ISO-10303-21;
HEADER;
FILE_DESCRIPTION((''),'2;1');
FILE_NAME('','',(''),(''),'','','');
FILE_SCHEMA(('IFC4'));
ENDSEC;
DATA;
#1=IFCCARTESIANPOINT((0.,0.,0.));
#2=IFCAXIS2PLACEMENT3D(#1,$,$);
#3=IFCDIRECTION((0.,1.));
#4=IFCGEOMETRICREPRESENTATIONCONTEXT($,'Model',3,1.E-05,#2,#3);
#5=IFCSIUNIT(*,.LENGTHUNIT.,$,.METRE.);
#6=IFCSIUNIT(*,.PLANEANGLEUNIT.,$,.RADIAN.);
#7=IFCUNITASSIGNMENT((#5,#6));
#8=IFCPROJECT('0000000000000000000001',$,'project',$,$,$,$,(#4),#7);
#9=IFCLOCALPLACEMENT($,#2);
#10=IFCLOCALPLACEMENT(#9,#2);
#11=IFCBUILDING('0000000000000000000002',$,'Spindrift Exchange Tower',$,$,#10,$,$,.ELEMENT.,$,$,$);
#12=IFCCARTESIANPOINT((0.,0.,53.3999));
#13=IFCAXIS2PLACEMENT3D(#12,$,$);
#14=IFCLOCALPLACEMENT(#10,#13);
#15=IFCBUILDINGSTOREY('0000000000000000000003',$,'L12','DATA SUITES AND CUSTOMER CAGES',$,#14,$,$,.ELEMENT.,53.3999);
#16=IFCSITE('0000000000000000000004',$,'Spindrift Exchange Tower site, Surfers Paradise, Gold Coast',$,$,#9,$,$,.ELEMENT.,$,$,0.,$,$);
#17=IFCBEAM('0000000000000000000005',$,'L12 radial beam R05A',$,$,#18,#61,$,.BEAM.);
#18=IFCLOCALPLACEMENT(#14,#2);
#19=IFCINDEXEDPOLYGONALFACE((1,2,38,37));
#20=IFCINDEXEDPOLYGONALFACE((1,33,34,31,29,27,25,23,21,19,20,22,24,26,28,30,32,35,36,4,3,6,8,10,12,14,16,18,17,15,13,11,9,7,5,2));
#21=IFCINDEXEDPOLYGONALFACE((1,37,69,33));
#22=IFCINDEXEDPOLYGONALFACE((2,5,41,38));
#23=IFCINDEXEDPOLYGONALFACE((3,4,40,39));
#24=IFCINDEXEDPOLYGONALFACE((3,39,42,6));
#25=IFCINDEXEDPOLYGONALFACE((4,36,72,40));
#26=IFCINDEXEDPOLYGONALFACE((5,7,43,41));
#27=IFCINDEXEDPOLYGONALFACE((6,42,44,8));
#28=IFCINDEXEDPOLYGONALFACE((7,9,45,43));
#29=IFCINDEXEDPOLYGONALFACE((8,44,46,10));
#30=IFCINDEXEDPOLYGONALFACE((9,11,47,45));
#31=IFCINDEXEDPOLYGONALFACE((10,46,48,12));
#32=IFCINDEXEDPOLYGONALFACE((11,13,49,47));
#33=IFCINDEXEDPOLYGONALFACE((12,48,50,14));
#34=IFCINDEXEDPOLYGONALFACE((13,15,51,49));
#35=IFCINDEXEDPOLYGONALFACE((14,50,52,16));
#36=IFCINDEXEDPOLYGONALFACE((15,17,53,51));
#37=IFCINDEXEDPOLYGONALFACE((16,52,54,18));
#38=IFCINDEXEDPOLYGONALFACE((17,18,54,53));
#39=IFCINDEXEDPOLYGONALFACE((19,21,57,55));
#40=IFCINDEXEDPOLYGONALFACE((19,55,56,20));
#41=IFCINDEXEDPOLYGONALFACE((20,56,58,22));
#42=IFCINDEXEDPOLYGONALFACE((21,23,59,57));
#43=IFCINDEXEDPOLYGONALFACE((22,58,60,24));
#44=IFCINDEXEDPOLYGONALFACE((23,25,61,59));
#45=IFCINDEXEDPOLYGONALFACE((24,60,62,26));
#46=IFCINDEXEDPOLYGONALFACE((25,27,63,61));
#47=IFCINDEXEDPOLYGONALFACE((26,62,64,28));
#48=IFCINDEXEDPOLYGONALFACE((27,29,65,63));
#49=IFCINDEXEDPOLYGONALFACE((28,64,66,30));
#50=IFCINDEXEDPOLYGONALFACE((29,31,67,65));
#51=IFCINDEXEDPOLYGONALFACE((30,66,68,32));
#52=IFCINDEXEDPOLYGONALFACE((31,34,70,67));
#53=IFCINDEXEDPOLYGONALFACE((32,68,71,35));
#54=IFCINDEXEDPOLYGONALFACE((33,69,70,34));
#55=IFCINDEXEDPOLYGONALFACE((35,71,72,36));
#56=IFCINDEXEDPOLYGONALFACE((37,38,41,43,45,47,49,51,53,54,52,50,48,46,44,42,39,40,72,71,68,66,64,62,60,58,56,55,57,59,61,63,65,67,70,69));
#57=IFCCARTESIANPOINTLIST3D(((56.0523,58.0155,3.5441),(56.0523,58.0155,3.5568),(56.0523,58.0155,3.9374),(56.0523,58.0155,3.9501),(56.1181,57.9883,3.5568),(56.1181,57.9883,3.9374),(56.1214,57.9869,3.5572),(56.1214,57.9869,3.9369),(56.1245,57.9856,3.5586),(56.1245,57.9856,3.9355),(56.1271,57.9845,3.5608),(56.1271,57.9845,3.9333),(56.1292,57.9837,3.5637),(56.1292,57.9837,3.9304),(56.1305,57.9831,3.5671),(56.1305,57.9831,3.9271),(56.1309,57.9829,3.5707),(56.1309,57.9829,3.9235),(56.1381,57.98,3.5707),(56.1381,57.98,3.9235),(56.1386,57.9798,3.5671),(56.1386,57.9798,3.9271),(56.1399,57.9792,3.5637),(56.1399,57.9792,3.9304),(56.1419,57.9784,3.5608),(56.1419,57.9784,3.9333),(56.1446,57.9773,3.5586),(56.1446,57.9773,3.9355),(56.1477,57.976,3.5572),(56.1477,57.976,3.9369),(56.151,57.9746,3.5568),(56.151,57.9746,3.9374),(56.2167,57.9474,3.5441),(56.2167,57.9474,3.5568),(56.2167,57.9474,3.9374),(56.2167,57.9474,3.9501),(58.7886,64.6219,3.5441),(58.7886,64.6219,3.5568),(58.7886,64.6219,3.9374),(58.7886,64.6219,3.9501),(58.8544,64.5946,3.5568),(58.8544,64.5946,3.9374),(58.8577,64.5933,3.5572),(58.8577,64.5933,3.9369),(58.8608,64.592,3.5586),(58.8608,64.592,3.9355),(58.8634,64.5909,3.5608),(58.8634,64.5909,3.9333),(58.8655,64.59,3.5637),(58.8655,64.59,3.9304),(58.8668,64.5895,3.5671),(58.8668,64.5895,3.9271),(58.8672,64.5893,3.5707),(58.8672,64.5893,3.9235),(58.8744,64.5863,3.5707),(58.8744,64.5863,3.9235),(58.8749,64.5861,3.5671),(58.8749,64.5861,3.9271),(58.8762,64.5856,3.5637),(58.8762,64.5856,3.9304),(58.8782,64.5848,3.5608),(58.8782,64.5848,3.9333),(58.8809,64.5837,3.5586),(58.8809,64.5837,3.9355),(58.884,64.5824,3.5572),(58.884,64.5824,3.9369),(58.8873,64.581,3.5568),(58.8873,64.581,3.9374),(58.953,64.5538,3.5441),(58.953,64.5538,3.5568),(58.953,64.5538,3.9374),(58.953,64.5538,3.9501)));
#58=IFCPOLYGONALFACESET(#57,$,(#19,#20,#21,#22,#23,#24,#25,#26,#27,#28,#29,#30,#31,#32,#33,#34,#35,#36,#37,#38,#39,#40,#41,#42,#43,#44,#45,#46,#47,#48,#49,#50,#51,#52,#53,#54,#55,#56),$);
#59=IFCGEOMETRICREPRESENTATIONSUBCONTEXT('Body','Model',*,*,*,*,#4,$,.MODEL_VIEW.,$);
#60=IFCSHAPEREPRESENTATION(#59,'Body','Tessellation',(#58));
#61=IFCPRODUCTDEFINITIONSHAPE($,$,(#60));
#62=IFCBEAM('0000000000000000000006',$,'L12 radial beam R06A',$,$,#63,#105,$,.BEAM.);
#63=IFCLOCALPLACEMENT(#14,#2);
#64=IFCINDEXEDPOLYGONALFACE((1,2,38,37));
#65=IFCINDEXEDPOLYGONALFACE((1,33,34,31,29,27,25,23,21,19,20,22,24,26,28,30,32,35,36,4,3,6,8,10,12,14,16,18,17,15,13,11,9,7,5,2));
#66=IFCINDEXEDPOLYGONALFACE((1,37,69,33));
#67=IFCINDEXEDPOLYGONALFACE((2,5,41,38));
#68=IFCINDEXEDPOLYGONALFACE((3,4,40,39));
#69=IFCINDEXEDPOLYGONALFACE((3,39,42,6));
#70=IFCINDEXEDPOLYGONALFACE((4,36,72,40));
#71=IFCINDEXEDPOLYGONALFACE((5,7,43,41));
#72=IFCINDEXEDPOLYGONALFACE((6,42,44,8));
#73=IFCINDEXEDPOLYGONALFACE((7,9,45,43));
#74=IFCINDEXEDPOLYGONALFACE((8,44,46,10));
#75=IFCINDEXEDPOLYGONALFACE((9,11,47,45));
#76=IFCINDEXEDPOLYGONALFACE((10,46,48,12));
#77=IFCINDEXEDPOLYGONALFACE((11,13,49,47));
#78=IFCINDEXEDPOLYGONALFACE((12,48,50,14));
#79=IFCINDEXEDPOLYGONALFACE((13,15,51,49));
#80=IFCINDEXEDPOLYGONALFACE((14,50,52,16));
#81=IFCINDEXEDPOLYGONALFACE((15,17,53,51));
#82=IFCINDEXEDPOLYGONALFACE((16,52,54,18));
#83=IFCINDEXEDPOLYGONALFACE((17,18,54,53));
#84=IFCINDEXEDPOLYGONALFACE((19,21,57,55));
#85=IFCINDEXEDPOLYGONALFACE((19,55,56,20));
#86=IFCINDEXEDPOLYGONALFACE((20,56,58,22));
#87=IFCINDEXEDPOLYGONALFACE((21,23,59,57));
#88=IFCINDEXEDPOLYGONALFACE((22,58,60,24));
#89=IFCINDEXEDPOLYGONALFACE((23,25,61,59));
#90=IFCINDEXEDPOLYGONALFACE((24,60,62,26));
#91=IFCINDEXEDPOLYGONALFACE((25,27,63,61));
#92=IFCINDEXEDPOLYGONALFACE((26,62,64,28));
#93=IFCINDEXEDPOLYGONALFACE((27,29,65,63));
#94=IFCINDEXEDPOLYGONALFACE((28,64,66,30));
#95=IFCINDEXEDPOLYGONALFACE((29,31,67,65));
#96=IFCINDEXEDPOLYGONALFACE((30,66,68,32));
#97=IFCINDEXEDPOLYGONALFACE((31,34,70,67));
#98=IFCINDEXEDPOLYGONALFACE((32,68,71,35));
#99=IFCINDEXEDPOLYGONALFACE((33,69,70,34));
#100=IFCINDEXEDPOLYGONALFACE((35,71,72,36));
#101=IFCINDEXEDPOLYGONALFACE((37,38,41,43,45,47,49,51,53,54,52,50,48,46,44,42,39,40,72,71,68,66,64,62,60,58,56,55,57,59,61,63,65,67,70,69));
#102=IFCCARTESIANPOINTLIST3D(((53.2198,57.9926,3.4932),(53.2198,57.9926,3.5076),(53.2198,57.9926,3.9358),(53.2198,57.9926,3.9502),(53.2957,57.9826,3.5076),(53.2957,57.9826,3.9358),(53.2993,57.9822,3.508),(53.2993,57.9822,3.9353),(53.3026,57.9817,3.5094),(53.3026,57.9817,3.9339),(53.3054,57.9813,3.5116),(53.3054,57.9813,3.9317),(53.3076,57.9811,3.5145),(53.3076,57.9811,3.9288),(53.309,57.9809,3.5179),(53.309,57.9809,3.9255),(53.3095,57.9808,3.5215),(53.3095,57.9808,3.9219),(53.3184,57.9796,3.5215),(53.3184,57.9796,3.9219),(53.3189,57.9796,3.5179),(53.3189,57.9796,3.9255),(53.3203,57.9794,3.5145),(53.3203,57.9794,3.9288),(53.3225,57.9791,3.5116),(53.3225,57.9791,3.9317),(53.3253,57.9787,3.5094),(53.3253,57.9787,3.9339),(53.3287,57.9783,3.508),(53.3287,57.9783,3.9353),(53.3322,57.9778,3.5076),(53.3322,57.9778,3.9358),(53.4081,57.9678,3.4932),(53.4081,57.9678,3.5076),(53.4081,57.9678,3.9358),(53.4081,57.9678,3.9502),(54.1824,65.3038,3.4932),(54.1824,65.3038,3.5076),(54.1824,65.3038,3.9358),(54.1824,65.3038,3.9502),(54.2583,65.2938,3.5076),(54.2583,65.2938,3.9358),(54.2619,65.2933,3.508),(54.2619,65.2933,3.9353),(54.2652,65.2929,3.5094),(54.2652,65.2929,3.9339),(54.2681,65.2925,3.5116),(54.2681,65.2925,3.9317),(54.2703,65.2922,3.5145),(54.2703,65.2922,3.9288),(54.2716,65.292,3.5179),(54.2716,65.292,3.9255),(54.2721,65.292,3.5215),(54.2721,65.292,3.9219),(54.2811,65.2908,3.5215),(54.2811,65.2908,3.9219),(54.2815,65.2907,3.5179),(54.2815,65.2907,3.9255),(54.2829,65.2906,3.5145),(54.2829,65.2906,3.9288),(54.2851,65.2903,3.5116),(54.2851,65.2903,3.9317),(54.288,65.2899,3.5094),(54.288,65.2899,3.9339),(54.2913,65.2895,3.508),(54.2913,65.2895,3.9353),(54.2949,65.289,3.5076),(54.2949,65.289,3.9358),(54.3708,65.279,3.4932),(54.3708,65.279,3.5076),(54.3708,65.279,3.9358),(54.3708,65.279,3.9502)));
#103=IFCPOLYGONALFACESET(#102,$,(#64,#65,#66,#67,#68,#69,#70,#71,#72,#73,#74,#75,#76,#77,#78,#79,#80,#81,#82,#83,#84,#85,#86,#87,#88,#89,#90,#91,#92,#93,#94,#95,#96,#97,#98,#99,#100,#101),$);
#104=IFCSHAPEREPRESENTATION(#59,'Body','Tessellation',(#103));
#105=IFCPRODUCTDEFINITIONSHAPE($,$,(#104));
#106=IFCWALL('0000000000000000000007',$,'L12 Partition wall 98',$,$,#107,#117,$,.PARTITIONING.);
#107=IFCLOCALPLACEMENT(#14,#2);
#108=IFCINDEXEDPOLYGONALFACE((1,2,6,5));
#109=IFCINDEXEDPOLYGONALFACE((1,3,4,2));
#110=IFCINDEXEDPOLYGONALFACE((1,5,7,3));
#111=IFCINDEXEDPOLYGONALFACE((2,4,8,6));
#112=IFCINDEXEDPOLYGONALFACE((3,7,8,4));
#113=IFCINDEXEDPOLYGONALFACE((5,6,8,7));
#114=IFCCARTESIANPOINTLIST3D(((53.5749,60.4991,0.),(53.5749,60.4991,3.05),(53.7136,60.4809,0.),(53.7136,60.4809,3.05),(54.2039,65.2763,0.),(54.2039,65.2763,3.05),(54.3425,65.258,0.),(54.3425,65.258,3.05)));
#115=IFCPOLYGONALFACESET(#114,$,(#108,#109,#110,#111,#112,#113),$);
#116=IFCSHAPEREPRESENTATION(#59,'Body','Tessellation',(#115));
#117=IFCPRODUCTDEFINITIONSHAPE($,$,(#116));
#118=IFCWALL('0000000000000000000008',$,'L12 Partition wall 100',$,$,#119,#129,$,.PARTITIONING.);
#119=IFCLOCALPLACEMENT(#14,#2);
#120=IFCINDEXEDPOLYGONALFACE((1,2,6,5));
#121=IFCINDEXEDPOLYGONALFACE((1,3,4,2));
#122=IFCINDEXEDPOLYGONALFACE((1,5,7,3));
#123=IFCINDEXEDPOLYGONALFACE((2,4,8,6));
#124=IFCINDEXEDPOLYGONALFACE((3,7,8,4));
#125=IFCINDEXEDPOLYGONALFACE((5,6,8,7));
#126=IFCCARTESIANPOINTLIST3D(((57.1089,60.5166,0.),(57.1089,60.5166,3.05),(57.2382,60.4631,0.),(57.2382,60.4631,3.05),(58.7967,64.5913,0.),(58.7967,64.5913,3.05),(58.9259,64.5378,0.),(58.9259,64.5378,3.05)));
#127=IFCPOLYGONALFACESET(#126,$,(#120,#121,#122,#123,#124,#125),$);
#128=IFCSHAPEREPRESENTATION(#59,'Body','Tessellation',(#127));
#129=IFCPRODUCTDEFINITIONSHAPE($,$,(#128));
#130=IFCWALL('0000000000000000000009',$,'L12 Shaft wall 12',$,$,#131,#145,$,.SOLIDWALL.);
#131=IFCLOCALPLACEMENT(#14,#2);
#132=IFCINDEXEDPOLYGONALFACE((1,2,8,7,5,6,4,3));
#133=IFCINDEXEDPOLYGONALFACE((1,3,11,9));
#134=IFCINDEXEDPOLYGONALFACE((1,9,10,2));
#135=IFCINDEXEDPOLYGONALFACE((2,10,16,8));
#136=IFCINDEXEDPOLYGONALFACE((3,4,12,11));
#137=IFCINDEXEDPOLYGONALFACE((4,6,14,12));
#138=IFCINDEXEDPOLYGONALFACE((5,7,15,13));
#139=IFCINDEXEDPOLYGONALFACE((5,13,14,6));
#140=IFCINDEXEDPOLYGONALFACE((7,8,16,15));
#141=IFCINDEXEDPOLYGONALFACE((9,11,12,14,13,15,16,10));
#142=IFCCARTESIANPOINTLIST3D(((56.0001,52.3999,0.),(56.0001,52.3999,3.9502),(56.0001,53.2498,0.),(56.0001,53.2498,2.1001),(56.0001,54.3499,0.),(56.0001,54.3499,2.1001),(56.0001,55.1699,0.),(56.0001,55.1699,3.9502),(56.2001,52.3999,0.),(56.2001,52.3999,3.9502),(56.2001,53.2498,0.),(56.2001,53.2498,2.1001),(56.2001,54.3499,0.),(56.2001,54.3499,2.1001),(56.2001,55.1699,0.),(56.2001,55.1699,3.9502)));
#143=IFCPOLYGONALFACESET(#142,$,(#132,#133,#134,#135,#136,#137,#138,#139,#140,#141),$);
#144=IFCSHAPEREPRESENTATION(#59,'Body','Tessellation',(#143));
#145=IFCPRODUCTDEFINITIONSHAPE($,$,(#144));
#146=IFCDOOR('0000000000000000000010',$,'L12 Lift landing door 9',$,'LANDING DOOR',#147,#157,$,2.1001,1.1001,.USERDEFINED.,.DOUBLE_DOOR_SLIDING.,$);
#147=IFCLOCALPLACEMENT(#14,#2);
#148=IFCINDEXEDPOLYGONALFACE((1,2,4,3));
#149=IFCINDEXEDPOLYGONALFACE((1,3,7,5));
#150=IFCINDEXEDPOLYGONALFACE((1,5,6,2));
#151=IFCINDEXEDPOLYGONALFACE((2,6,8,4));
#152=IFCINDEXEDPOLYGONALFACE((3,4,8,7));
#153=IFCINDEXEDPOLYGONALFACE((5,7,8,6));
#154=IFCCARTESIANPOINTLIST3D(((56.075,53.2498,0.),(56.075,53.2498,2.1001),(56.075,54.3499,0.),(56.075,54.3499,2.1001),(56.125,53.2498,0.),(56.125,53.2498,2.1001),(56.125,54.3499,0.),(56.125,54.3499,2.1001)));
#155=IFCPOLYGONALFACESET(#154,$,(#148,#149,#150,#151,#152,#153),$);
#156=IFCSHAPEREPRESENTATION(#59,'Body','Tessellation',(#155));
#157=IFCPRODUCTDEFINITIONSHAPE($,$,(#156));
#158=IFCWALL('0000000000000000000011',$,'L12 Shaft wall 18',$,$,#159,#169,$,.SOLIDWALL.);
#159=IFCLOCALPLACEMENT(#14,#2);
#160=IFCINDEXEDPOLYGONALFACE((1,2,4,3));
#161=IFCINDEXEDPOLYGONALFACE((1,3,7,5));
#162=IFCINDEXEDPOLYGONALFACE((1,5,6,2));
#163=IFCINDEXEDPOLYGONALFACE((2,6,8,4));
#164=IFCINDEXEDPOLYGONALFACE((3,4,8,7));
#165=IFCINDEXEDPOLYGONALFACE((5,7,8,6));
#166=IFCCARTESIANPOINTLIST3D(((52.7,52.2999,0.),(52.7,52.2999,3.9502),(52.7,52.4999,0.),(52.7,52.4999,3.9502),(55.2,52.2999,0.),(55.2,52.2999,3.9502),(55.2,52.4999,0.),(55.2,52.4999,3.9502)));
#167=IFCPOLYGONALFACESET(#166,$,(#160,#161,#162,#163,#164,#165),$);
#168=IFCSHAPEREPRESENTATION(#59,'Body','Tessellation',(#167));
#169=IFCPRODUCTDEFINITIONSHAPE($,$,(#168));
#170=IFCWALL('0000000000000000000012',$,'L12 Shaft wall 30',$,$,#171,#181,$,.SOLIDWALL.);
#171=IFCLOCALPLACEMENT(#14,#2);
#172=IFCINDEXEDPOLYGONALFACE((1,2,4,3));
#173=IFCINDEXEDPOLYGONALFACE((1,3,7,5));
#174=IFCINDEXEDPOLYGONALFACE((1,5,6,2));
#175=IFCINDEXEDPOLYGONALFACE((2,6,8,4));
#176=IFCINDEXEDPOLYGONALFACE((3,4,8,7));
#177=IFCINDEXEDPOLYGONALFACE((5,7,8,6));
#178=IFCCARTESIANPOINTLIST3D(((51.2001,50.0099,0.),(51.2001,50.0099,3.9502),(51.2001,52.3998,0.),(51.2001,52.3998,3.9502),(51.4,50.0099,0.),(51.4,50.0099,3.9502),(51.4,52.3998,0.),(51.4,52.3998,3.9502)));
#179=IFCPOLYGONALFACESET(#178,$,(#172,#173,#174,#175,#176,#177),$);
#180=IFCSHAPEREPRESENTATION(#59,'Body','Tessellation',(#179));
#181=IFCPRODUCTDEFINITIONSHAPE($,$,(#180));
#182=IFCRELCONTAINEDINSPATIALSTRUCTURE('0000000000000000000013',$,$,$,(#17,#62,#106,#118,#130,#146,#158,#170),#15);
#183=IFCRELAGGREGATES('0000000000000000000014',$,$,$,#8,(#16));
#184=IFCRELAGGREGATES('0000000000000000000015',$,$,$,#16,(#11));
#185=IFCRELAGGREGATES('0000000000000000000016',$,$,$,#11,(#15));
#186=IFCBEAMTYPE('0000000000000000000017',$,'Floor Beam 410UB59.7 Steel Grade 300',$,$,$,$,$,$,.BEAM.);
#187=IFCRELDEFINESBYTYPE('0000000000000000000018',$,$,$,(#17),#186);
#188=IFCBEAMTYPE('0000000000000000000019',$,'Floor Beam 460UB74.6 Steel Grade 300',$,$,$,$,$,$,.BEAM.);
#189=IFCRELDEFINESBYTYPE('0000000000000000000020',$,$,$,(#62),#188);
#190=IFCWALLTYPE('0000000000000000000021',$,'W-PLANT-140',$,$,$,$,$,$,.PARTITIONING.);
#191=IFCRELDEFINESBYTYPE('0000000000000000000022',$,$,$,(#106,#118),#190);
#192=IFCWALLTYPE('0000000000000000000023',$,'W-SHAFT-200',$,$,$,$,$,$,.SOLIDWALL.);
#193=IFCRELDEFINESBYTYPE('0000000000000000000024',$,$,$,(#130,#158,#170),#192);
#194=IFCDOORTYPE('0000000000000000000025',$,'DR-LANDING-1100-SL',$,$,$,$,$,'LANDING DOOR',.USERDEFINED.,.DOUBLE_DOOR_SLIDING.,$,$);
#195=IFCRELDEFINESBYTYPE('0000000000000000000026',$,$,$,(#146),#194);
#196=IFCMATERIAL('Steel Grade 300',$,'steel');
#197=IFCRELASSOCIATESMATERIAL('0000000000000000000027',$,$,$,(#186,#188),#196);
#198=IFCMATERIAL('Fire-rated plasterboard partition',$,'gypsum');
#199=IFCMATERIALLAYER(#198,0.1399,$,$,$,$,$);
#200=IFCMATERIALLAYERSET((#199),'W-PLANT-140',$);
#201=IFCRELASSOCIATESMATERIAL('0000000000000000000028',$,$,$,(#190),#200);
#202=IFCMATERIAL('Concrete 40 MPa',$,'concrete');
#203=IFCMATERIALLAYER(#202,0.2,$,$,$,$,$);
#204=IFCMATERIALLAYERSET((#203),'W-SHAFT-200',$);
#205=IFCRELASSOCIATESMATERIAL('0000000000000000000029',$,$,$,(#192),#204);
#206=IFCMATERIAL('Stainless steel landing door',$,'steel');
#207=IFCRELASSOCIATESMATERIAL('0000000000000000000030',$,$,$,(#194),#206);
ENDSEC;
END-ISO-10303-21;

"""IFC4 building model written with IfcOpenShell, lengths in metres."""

from ifc_helpers import new_model, si_unit, direction, frame, frame_2d, origin, origin_2d, place, context, subcontext, project, spatial, rectangle, i_section, extrude, source, transform, mapped, material, layer, layer_set, material_profile, profile_set, type_object, element, fill, save


model = new_model("IFC4")

# Units and contexts
model_context = context("Model", 3, precision=1e-05, world=origin(), true_north=direction((0.0, 1.0)))
body_context = subcontext(model_context, "Body", "Model", "MODEL_VIEW")
ifc_project = project(units=[si_unit("LENGTHUNIT", "METRE"), si_unit("PLANEANGLEUNIT", "RADIAN")], contexts=[model_context])

# Site, building, storey
site_placement = place(None, origin())
site = spatial("IfcSite", under=ifc_project, at=site_placement, Name="Spindrift Exchange Tower site, Surfers Paradise, Gold Coast", CompositionType="ELEMENT", RefElevation=0.0)
building_placement = place(site_placement, origin())
building = spatial("IfcBuilding", under=site, at=building_placement, Name="Spindrift Exchange Tower", CompositionType="ELEMENT")
storey_placement = place(building_placement, frame((0.0, 0.0, 53.3999)))
storey = spatial("IfcBuildingStorey", under=building, at=storey_placement, Name="L12", Description="DATA SUITES AND CUSTOMER CAGES", CompositionType="ELEMENT", Elevation=53.3999)

# Beams
ifc_material_1 = material(Name="Steel Grade 300", Category="steel")
ifc_material_profile_1 = material_profile(ifc_material_1, i_section(OverallWidth=0.178, OverallDepth=0.406, WebThickness=0.0078, FlangeThickness=0.0127, FilletRadius=0.0139, at=origin_2d()), Name="410UB59.7")
ifc_profile_set_1 = profile_set([ifc_material_profile_1], Name="Steel Grade 300")
beam_type_1 = type_object("IfcBeamType", Name="Floor Beam 410UB59.7 Steel Grade 300", PredefinedType="BEAM", material=ifc_profile_set_1)
shared_shape_1 = source(origin(), body_context, "Body", "SweptSolid", [
    extrude(i_section(OverallWidth=0.178, OverallDepth=0.406, WebThickness=0.0078, FlangeThickness=0.0127, FilletRadius=0.0139, at=origin_2d()), origin(), (0.0, 0.0, 1.0), 7.1506),
])
beam_1_placement = place(storey_placement, frame((56.1345, 57.9814, 3.7471), z_axis=(0.382665, 0.923887, 0.0), x_axis=(-0.923887, 0.382665, 0.0)))
element("IfcBeam", 1, at=beam_1_placement, inside=storey, type_object=beam_type_1, Name="L12 radial beam R05A", PredefinedType="BEAM", context=body_context, shape_type="MappedRepresentation", body=[
    mapped(shared_shape_1, transform((0.0, 0.0, 0.0), scale=1.0)),
])
ifc_material_profile_2 = material_profile(ifc_material_1, i_section(OverallWidth=0.1899, OverallDepth=0.457, WebThickness=0.009, FlangeThickness=0.0144, FilletRadius=0.0139, at=origin_2d()), Name="460UB74.6")
ifc_profile_set_2 = profile_set([ifc_material_profile_2], Name="Steel Grade 300")
beam_type_2 = type_object("IfcBeamType", Name="Floor Beam 460UB74.6 Steel Grade 300", PredefinedType="BEAM", material=ifc_profile_set_2)
shared_shape_2 = source(origin(), body_context, "Body", "SweptSolid", [
    extrude(i_section(OverallWidth=0.1899, OverallDepth=0.457, WebThickness=0.009, FlangeThickness=0.0144, FilletRadius=0.0139, at=origin_2d()), origin(), (0.0, 0.0, 1.0), 7.3743),
])
beam_2_placement = place(storey_placement, frame((53.314, 57.9802, 3.7217), z_axis=(0.130539, 0.991443, 0.0), x_axis=(-0.991443, 0.130539, 0.0)))
element("IfcBeam", 2, at=beam_2_placement, inside=storey, type_object=beam_type_2, Name="L12 radial beam R06A", PredefinedType="BEAM", context=body_context, shape_type="MappedRepresentation", body=[
    mapped(shared_shape_2, transform((0.0, 0.0, 0.0), scale=1.0)),
])

# Walls
ifc_material_2 = material(Name="Fire-rated plasterboard partition", Category="gypsum")
ifc_layer_1 = layer(ifc_material_2, 0.1399)
ifc_layer_set_1 = layer_set([ifc_layer_1], Name="W-PLANT-140")
wall_type_1 = type_object("IfcWallType", Name="W-PLANT-140", PredefinedType="PARTITIONING", material=ifc_layer_set_1)
wall_1_placement = place(storey_placement, frame((53.6443, 60.49, 0.0), z_axis=(0.0, 0.0, 1.0), x_axis=(0.130524, 0.991445, 0.0)))
element("IfcWall", 3, at=wall_1_placement, inside=storey, type_object=wall_type_1, Name="L12 Partition wall 98", PredefinedType="PARTITIONING", context=body_context, shape_type="SweptSolid", body=[
    extrude(rectangle(XDim=4.8184, YDim=0.1399, at=frame_2d((2.4092, 0.0))), origin(), (0.0, 0.0, 1.0), 3.05),
])
wall_2_placement = place(storey_placement, frame((57.1736, 60.49, 0.0), z_axis=(0.0, 0.0, 1.0), x_axis=(0.382673, 0.923884, 0.0)))
element("IfcWall", 4, at=wall_2_placement, inside=storey, type_object=wall_type_1, Name="L12 Partition wall 100", PredefinedType="PARTITIONING", context=body_context, shape_type="SweptSolid", body=[
    extrude(rectangle(XDim=4.4104, YDim=0.1399, at=frame_2d((2.2051, 0.0))), origin(), (0.0, 0.0, 1.0), 3.05),
])

# Wall, opening, door
ifc_material_3 = material(Name="Concrete 40 MPa", Category="concrete")
ifc_layer_2 = layer(ifc_material_3, 0.2)
ifc_layer_set_2 = layer_set([ifc_layer_2], Name="W-SHAFT-200")
wall_type_2 = type_object("IfcWallType", Name="W-SHAFT-200", PredefinedType="SOLIDWALL", material=ifc_layer_set_2)
wall_3_placement = place(storey_placement, frame((56.1001, 55.1699, 0.0), z_axis=(0.0, 0.0, 1.0), x_axis=(0.0, -1.0, 0.0)))
wall_3 = element("IfcWall", 5, at=wall_3_placement, inside=storey, type_object=wall_type_2, Name="L12 Shaft wall 12", PredefinedType="SOLIDWALL", context=body_context, shape_type="SweptSolid", body=[
    extrude(rectangle(XDim=2.77, YDim=0.2, at=frame_2d((1.385, 0.0))), origin(), (0.0, 0.0, 1.0), 3.9502),
])
opening_1_placement = place(wall_3_placement, frame((0.8201, 0.0, 0.0)))
opening_1 = element("IfcOpeningElement", 6, at=opening_1_placement, cuts=wall_3, PredefinedType="OPENING", context=body_context, shape_type="SweptSolid", body=[
    extrude(rectangle(XDim=1.1001, YDim=2.1001, at=frame_2d((0.55, 1.05))), frame((0.0, 0.1099, 0.0), z_axis=(0.0, -1.0, 0.0), x_axis=(1.0, 0.0, 0.0)), (0.0, 0.0, 1.0), 0.22),
])
ifc_material_4 = material(Name="Stainless steel landing door", Category="steel")
door_type_1 = type_object("IfcDoorType", Name="DR-LANDING-1100-SL", ElementType="LANDING DOOR", OperationType="DOUBLE_DOOR_SLIDING", PredefinedType="USERDEFINED", material=ifc_material_4)
shared_shape_3 = source(origin(), body_context, "Body", "SweptSolid", [
    extrude(rectangle(XDim=1.1001, YDim=2.1001, at=frame_2d((0.55, 1.05))), frame((0.0, 0.0249, 0.0), z_axis=(0.0, -1.0, 0.0), x_axis=(1.0, 0.0, 0.0)), (0.0, 0.0, 1.0), 0.05),
])
door_1_placement = place(opening_1_placement, origin())
door_1 = element("IfcDoor", 7, at=door_1_placement, inside=storey, type_object=door_type_1, Name="L12 Lift landing door 9", ObjectType="LANDING DOOR", OperationType="DOUBLE_DOOR_SLIDING", OverallHeight=2.1001, OverallWidth=1.1001, PredefinedType="USERDEFINED", context=body_context, shape_type="MappedRepresentation", body=[
    mapped(shared_shape_3, transform((0.0, 0.0, 0.0), scale=1.0)),
])
fill(opening_1, door_1)

# Walls
wall_4_placement = place(storey_placement, frame((55.2, 52.3999, 0.0), z_axis=(0.0, 0.0, 1.0), x_axis=(-1.0, 0.0, 0.0)))
element("IfcWall", 8, at=wall_4_placement, inside=storey, type_object=wall_type_2, Name="L12 Shaft wall 18", PredefinedType="SOLIDWALL", context=body_context, shape_type="SweptSolid", body=[
    extrude(rectangle(XDim=2.5, YDim=0.2, at=frame_2d((1.25, 0.0))), origin(), (0.0, 0.0, 1.0), 3.9502),
])
wall_5_placement = place(storey_placement, frame((51.3, 50.01, 0.0), z_axis=(0.0, 0.0, 1.0), x_axis=(0.0, 1.0, 0.0)))
element("IfcWall", 9, at=wall_5_placement, inside=storey, type_object=wall_type_2, Name="L12 Shaft wall 30", PredefinedType="SOLIDWALL", context=body_context, shape_type="SweptSolid", body=[
    extrude(rectangle(XDim=2.3899, YDim=0.2, at=frame_2d((1.1948, 0.0))), origin(), (0.0, 0.0, 1.0), 3.9502),
])

save(model, "model.ifc")
